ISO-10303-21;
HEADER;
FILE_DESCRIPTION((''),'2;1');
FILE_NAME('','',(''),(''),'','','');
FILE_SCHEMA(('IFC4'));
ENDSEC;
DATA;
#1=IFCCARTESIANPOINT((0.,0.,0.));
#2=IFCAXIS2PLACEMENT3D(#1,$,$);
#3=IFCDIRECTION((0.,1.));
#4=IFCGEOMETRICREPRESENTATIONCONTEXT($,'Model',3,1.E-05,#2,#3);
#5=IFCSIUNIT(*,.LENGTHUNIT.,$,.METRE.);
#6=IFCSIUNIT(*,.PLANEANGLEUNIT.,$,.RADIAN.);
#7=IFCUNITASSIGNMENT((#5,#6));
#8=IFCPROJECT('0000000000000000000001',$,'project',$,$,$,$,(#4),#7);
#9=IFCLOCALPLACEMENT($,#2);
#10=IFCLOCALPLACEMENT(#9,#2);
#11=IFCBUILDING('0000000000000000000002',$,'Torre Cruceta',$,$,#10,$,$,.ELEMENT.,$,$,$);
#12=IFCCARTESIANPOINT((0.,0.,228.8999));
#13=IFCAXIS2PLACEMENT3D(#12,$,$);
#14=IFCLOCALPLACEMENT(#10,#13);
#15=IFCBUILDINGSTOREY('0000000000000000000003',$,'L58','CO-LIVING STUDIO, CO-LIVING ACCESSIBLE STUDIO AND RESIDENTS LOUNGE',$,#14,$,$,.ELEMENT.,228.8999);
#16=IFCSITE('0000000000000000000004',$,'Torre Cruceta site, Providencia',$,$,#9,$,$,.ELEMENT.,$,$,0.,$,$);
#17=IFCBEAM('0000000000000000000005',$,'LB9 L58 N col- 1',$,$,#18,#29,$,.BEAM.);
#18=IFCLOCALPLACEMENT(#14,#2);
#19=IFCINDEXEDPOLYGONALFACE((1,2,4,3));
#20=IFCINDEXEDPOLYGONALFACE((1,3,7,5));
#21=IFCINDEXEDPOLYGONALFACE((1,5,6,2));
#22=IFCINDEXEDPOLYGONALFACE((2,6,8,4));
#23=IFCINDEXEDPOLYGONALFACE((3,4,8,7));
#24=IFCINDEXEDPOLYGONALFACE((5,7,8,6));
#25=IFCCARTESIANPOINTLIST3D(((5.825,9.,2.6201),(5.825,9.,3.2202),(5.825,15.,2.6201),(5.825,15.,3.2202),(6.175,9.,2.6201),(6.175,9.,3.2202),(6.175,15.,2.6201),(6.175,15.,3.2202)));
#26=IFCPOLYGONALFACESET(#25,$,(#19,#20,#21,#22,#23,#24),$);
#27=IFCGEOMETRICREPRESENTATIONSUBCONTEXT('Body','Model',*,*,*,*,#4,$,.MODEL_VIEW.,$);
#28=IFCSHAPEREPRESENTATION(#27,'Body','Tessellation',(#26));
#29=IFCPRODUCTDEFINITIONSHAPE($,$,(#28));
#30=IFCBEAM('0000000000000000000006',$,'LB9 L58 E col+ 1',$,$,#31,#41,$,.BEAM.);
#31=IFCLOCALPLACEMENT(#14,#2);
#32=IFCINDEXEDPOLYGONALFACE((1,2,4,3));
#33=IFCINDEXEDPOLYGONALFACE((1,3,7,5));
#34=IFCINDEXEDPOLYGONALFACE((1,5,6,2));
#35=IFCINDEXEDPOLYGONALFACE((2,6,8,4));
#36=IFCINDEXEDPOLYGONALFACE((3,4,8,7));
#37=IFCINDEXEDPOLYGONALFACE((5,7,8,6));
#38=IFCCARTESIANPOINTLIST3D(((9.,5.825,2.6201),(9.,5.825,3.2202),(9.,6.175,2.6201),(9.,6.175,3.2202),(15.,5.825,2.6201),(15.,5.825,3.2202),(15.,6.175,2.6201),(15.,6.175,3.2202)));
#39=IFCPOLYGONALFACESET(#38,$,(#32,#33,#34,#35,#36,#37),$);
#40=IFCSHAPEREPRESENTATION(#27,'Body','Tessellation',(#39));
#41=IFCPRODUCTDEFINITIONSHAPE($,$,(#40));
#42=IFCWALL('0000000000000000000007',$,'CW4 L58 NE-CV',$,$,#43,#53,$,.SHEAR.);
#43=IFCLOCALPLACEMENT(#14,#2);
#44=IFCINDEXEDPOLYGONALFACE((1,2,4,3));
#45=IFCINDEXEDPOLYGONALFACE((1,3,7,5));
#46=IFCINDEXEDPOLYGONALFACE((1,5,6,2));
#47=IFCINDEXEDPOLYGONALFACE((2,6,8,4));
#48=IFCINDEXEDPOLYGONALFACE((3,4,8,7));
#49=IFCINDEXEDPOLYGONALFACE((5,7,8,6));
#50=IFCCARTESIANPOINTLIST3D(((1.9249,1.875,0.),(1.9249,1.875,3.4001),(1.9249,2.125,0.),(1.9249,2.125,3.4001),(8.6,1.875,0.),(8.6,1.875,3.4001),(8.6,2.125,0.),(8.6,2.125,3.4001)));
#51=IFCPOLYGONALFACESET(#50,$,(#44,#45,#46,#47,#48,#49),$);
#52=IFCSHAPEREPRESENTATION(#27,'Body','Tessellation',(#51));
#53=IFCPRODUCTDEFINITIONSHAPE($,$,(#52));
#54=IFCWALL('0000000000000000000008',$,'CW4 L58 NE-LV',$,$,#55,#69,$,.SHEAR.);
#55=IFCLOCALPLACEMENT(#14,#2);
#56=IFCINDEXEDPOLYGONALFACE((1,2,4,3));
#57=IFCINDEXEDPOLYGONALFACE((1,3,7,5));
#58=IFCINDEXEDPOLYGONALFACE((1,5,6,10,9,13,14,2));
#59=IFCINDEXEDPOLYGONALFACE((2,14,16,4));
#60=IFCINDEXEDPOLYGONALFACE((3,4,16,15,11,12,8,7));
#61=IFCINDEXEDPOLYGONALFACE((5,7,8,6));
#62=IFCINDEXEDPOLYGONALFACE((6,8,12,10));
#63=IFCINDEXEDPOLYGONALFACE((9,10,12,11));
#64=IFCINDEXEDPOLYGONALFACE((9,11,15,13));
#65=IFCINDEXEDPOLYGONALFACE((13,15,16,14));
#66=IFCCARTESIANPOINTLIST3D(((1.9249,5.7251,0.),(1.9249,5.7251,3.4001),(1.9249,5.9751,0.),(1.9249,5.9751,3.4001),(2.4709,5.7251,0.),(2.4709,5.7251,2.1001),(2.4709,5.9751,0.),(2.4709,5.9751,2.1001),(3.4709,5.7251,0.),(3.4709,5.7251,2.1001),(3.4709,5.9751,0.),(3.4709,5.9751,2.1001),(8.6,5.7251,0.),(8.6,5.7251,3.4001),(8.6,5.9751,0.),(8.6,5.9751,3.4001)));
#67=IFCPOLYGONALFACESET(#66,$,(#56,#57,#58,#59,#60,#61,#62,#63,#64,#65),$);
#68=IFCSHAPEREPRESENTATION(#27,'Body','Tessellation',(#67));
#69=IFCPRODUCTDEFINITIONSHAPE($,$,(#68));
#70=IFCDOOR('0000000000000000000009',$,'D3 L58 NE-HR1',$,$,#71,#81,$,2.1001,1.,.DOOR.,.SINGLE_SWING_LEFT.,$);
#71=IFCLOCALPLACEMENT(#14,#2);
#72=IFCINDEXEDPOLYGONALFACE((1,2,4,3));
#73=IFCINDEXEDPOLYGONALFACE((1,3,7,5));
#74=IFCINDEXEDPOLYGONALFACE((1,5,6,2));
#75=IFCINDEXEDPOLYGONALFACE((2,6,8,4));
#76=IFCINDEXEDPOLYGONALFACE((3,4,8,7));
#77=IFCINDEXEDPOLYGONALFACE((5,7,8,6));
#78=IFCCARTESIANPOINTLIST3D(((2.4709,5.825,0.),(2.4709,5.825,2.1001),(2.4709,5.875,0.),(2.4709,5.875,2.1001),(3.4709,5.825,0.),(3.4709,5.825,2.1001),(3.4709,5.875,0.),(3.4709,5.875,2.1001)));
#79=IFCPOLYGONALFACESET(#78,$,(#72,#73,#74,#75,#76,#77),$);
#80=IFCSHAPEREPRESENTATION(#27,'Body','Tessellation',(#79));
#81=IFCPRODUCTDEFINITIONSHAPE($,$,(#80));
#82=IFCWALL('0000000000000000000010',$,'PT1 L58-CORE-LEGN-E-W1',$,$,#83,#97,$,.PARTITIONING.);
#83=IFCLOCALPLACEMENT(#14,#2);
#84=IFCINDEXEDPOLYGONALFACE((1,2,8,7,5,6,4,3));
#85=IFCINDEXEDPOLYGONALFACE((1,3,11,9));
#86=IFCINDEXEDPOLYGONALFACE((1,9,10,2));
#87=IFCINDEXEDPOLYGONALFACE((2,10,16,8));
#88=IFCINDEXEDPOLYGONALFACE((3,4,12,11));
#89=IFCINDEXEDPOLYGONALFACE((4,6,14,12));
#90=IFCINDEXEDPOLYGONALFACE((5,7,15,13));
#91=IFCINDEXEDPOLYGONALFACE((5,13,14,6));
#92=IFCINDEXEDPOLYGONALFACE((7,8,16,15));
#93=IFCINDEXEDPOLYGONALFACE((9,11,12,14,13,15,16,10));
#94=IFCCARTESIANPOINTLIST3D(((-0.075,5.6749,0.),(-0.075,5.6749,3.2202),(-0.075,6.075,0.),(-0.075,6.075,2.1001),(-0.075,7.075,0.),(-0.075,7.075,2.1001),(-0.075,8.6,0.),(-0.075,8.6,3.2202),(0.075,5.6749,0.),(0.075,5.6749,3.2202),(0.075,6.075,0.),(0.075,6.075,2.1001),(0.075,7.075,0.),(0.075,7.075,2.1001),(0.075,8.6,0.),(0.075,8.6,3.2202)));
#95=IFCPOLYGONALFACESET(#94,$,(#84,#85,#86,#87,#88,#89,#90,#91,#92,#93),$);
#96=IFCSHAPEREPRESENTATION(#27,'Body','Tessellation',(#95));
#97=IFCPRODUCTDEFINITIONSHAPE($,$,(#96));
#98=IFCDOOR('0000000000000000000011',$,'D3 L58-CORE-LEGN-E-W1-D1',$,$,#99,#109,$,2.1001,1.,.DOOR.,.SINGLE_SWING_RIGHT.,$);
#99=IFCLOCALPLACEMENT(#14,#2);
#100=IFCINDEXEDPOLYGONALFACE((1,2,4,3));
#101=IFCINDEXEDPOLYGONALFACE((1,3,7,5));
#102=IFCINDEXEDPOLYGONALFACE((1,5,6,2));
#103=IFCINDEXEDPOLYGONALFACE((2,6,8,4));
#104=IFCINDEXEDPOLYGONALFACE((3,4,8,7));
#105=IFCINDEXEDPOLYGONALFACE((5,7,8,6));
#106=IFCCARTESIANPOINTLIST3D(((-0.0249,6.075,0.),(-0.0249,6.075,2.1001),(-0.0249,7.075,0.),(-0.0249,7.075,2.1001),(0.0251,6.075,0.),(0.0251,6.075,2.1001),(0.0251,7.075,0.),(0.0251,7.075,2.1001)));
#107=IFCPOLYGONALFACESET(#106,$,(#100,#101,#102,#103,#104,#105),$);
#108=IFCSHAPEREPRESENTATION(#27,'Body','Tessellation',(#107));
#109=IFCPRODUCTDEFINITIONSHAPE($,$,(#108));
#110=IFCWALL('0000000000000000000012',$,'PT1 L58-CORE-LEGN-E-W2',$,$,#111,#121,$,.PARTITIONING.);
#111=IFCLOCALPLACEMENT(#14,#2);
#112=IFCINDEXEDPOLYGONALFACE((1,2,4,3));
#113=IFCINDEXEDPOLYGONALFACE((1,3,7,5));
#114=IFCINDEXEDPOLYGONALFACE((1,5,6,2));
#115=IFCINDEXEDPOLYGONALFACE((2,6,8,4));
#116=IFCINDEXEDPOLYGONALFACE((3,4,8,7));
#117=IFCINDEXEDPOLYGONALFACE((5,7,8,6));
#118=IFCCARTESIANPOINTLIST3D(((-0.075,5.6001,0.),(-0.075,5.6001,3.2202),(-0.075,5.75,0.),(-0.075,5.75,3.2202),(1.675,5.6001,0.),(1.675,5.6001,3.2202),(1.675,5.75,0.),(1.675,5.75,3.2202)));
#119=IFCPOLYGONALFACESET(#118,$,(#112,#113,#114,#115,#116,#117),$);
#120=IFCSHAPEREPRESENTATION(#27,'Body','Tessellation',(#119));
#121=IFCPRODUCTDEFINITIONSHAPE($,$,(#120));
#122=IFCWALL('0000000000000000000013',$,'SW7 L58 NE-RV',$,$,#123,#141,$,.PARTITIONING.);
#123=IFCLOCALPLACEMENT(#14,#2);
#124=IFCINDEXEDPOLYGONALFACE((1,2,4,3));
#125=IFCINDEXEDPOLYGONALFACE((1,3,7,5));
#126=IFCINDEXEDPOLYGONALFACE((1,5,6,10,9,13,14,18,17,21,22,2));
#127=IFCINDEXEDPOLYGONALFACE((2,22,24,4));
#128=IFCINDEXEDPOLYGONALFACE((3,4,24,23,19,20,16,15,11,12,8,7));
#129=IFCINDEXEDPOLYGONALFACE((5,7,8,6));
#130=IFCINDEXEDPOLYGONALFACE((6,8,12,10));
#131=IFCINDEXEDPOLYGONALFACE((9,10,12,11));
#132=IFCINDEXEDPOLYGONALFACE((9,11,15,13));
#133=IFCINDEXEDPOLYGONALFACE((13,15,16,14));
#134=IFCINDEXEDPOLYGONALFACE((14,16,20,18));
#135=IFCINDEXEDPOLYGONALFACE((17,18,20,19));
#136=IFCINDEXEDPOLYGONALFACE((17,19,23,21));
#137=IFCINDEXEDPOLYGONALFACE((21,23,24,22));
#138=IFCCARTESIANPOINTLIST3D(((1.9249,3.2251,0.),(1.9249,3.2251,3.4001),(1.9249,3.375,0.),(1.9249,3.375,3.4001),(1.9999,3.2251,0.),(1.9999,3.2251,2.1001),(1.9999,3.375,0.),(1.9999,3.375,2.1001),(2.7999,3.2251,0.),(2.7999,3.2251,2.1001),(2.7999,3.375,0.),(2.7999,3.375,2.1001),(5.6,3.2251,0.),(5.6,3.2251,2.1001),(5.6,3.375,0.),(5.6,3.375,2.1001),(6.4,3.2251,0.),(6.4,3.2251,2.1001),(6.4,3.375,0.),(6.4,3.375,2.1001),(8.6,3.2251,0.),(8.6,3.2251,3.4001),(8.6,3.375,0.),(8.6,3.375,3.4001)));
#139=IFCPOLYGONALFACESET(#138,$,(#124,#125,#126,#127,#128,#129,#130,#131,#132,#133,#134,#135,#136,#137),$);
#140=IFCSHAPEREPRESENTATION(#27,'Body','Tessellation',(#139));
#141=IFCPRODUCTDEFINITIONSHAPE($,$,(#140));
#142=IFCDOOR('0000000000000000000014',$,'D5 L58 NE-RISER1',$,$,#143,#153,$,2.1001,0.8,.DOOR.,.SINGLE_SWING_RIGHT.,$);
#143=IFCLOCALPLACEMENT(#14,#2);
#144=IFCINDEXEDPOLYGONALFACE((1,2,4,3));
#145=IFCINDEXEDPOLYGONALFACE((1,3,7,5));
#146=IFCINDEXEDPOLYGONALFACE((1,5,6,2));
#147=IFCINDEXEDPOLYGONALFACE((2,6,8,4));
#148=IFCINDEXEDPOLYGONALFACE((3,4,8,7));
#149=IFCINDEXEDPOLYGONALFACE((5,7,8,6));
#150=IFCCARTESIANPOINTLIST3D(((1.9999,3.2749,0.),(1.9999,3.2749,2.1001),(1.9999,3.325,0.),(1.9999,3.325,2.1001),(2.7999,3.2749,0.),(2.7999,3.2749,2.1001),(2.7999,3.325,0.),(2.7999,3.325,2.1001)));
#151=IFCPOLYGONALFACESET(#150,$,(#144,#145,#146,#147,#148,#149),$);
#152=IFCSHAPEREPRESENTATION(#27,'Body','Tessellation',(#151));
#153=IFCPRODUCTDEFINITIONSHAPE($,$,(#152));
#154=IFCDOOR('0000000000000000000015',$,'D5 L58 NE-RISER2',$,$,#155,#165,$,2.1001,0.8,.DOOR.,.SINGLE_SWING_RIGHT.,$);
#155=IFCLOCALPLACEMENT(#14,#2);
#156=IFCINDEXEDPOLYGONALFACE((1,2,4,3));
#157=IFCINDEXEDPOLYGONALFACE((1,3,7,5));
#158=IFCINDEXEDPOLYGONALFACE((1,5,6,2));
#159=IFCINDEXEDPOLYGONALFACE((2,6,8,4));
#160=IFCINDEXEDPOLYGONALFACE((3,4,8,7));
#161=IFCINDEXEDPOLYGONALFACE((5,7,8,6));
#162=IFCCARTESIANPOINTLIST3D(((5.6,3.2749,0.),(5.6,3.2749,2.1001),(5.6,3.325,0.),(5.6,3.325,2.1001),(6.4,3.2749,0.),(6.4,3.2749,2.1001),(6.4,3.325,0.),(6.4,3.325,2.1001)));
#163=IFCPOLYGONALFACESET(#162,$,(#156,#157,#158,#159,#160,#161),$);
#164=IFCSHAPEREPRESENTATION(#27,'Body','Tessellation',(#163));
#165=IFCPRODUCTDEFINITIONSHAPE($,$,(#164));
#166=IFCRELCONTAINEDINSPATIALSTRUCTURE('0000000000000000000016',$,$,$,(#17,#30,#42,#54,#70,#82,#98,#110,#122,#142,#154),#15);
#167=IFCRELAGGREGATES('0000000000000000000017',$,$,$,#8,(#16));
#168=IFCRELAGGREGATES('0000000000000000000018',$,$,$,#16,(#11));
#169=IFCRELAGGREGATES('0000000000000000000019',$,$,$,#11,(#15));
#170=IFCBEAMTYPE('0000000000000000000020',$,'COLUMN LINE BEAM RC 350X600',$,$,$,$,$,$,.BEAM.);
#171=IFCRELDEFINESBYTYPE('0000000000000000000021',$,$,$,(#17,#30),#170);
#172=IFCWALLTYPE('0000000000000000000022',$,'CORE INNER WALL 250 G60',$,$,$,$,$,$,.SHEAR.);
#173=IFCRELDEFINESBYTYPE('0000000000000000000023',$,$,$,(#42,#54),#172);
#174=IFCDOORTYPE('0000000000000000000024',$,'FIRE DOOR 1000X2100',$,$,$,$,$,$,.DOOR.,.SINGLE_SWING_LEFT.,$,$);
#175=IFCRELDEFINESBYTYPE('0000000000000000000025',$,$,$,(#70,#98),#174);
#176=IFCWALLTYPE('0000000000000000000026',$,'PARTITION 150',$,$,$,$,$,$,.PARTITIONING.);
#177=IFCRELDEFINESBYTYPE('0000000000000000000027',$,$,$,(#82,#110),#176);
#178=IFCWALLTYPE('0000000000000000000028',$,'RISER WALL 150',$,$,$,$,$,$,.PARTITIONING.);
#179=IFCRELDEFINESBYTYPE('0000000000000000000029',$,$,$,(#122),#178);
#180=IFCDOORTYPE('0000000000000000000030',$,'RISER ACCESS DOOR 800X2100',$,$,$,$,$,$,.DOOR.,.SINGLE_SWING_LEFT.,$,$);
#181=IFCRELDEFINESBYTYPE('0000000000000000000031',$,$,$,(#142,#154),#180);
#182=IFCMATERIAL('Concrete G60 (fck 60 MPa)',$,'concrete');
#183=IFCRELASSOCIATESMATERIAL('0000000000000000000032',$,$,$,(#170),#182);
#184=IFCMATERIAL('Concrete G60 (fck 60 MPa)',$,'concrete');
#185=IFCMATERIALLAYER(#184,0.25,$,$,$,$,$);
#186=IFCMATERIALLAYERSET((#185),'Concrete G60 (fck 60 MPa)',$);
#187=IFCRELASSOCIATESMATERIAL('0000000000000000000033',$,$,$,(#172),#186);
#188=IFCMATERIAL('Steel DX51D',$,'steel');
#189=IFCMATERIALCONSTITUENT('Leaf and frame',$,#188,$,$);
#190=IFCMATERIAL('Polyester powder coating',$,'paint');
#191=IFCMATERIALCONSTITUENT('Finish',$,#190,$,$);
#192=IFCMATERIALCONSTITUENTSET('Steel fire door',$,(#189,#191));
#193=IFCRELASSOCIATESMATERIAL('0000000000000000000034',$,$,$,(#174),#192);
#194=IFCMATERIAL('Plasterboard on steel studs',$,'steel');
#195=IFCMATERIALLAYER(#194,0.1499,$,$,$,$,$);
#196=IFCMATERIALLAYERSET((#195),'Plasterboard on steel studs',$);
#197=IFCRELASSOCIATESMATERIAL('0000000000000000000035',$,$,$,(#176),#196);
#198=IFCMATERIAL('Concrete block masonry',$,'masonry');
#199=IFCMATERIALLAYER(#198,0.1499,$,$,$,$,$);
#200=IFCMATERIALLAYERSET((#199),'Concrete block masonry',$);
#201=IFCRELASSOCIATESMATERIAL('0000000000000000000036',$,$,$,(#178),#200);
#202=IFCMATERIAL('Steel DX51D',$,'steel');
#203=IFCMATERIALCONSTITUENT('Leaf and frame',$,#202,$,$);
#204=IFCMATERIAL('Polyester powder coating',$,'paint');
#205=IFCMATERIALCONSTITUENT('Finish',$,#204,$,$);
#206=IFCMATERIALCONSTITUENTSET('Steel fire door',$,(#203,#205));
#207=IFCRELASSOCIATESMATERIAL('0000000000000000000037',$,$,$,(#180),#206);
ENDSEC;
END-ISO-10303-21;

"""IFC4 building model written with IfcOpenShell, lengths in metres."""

from ifc_helpers import new_model, si_unit, direction, frame, frame_2d, origin, origin_2d, place, context, subcontext, project, spatial, rectangle, extrude, material, layer, layer_set, constituent, constituent_set, material_profile, profile_set, type_object, element, fill, save


model = new_model("IFC4")

# Units and contexts
model_context = context("Model", 3, precision=1e-05, world=origin(), true_north=direction((0.0, 1.0)))
body_context = subcontext(model_context, "Body", "Model", "MODEL_VIEW")
ifc_project = project(units=[si_unit("LENGTHUNIT", "METRE"), si_unit("PLANEANGLEUNIT", "RADIAN")], contexts=[model_context])

# Site, building, storey
site_placement = place(None, origin())
site = spatial("IfcSite", under=ifc_project, at=site_placement, Name="Torre Cruceta site, Providencia", CompositionType="ELEMENT", RefElevation=0.0)
building_placement = place(site_placement, origin())
building = spatial("IfcBuilding", under=site, at=building_placement, Name="Torre Cruceta", CompositionType="ELEMENT")
storey_placement = place(building_placement, frame((0.0, 0.0, 228.8999)))
storey = spatial("IfcBuildingStorey", under=building, at=storey_placement, Name="L58", Description="CO-LIVING STUDIO, CO-LIVING ACCESSIBLE STUDIO AND RESIDENTS LOUNGE", CompositionType="ELEMENT", Elevation=228.8999)

# Beams
ifc_material_1 = material(Name="Concrete G60 (fck 60 MPa)", Category="concrete")
ifc_material_profile = material_profile(ifc_material_1, rectangle(XDim=0.3501, YDim=0.6001, at=origin_2d()), Name="RC 350X600")
ifc_profile_set = profile_set([ifc_material_profile], Name="Concrete G60 (fck 60 MPa)")
beam_type = type_object("IfcBeamType", Name="COLUMN LINE BEAM RC 350X600", PredefinedType="BEAM", material=ifc_profile_set)
for number, where, z_axis, x_axis, name in (
    (1, (6.0, 9.0, 2.9202), (0.0, 1.0, 0.0), (-1.0, 0.0, 0.0), "LB9 L58 N col- 1"),
    (2, (9.0, 6.0, 2.9202), (1.0, 0.0, 0.0), (0.0, 1.0, 0.0), "LB9 L58 E col+ 1"),
):
    element("IfcBeam", number, at=place(storey_placement, frame(where, z_axis=z_axis, x_axis=x_axis)), inside=storey, type_object=beam_type, Name=name, PredefinedType="BEAM", context=body_context, shape_type="SweptSolid", body=[
        extrude(rectangle(XDim=0.3501, YDim=0.6001, at=origin_2d()), origin(), (0.0, 0.0, 1.0), 6.0),
    ])

# Wall
ifc_material_2 = material(Name="Concrete G60 (fck 60 MPa)", Category="concrete")
ifc_layer_1 = layer(ifc_material_2, 0.25)
ifc_layer_set_1 = layer_set([ifc_layer_1], Name="Concrete G60 (fck 60 MPa)")
wall_type_1 = type_object("IfcWallType", Name="CORE INNER WALL 250 G60", PredefinedType="SHEAR", material=ifc_layer_set_1)
wall_1_placement = place(storey_placement, frame((1.925, 2.0, 0.0), z_axis=(0.0, 0.0, 1.0), x_axis=(1.0, 0.0, 0.0)))
element("IfcWall", 3, at=wall_1_placement, inside=storey, type_object=wall_type_1, Name="CW4 L58 NE-CV", PredefinedType="SHEAR", context=body_context, shape_type="SweptSolid", body=[
    extrude(rectangle(XDim=6.675, YDim=0.25, at=frame_2d((3.3374, 0.0))), origin(), (0.0, 0.0, 1.0), 3.4001),
])

# Walls, openings, doors
wall_2_placement = place(storey_placement, frame((1.925, 5.8501, 0.0), z_axis=(0.0, 0.0, 1.0), x_axis=(1.0, 0.0, 0.0)))
wall_2 = element("IfcWall", 4, at=wall_2_placement, inside=storey, type_object=wall_type_1, Name="CW4 L58 NE-LV", PredefinedType="SHEAR", context=body_context, shape_type="SweptSolid", body=[
    extrude(rectangle(XDim=6.675, YDim=0.25, at=frame_2d((3.3374, 0.0))), origin(), (0.0, 0.0, 1.0), 3.4001),
])
opening_1_placement = place(wall_2_placement, frame((0.5459, 0.0, 0.0)))
opening_1 = element("IfcOpeningElement", 5, at=opening_1_placement, cuts=wall_2, PredefinedType="OPENING", context=body_context, shape_type="SweptSolid", body=[
    extrude(rectangle(XDim=1.0, YDim=2.1001, at=frame_2d((0.5, 1.05))), frame((0.0, 0.135, 0.0), z_axis=(0.0, -1.0, 0.0), x_axis=(1.0, 0.0, 0.0)), (0.0, 0.0, 1.0), 0.27),
])
ifc_material_3 = material(Name="Steel DX51D", Category="steel")
ifc_constituent_1 = constituent(ifc_material_3, Name="Leaf and frame")
ifc_material_4 = material(Name="Polyester powder coating", Category="paint")
ifc_constituent_2 = constituent(ifc_material_4, Name="Finish")
ifc_constituent_set_1 = constituent_set(constituents=[ifc_constituent_1, ifc_constituent_2], Name="Steel fire door")
door_type_1 = type_object("IfcDoorType", Name="FIRE DOOR 1000X2100", OperationType="SINGLE_SWING_LEFT", PredefinedType="DOOR", material=ifc_constituent_set_1)
door_1_placement = place(opening_1_placement, origin())
door_1 = element("IfcDoor", 6, at=door_1_placement, inside=storey, type_object=door_type_1, Name="D3 L58 NE-HR1", OperationType="SINGLE_SWING_LEFT", OverallHeight=2.1001, OverallWidth=1.0, PredefinedType="DOOR", context=body_context, shape_type="SweptSolid", body=[
    extrude(rectangle(XDim=1.0, YDim=2.1001, at=frame_2d((0.5, 1.05))), frame((0.0, 0.0249, 0.0), z_axis=(0.0, -1.0, 0.0), x_axis=(1.0, 0.0, 0.0)), (0.0, 0.0, 1.0), 0.05),
])
fill(opening_1, door_1)
ifc_material_5 = material(Name="Plasterboard on steel studs", Category="steel")
ifc_layer_2 = layer(ifc_material_5, 0.1499)
ifc_layer_set_2 = layer_set([ifc_layer_2], Name="Plasterboard on steel studs")
wall_type_2 = type_object("IfcWallType", Name="PARTITION 150", PredefinedType="PARTITIONING", material=ifc_layer_set_2)
wall_3_placement = place(storey_placement, frame((0.0, 5.675, 0.0), z_axis=(0.0, 0.0, 1.0), x_axis=(0.0, 1.0, 0.0)))
wall_3 = element("IfcWall", 7, at=wall_3_placement, inside=storey, type_object=wall_type_2, Name="PT1 L58-CORE-LEGN-E-W1", PredefinedType="PARTITIONING", context=body_context, shape_type="SweptSolid", body=[
    extrude(rectangle(XDim=2.925, YDim=0.1499, at=frame_2d((1.4624, 0.0))), origin(), (0.0, 0.0, 1.0), 3.2202),
])
opening_2_placement = place(wall_3_placement, frame((0.3999, 0.0, 0.0)))
opening_2 = element("IfcOpeningElement", 8, at=opening_2_placement, cuts=wall_3, PredefinedType="OPENING", context=body_context, shape_type="SweptSolid", body=[
    extrude(rectangle(XDim=1.0, YDim=2.1001, at=frame_2d((0.5, 1.05))), frame((0.0, 0.085, 0.0), z_axis=(0.0, -1.0, 0.0), x_axis=(1.0, 0.0, 0.0)), (0.0, 0.0, 1.0), 0.1699),
])
door_2_placement = place(opening_2_placement, frame((1.0, 0.0, 0.0), z_axis=(0.0, 0.0, 1.0), x_axis=(-1.0, 0.0, 0.0)))
door_2 = element("IfcDoor", 9, at=door_2_placement, inside=storey, type_object=door_type_1, Name="D3 L58-CORE-LEGN-E-W1-D1", OperationType="SINGLE_SWING_RIGHT", OverallHeight=2.1001, OverallWidth=1.0, PredefinedType="DOOR", context=body_context, shape_type="SweptSolid", body=[
    extrude(rectangle(XDim=1.0, YDim=2.1001, at=frame_2d((0.5, 1.05))), frame((0.0, 0.0251, 0.0), z_axis=(0.0, -1.0, 0.0), x_axis=(1.0, 0.0, 0.0)), (0.0, 0.0, 1.0), 0.05),
])
fill(opening_2, door_2)

# Wall
wall_4_placement = place(storey_placement, frame((1.675, 5.675, 0.0), z_axis=(0.0, 0.0, 1.0), x_axis=(-1.0, 0.0, 0.0)))
element("IfcWall", 10, at=wall_4_placement, inside=storey, type_object=wall_type_2, Name="PT1 L58-CORE-LEGN-E-W2", PredefinedType="PARTITIONING", context=body_context, shape_type="SweptSolid", body=[
    extrude(rectangle(XDim=1.75, YDim=0.1499, at=frame_2d((0.875, 0.0))), origin(), (0.0, 0.0, 1.0), 3.2202),
])

# Wall, openings, doors
ifc_material_6 = material(Name="Concrete block masonry", Category="masonry")
ifc_layer_3 = layer(ifc_material_6, 0.1499)
ifc_layer_set_3 = layer_set([ifc_layer_3], Name="Concrete block masonry")
wall_type_3 = type_object("IfcWallType", Name="RISER WALL 150", PredefinedType="PARTITIONING", material=ifc_layer_set_3)
wall_5_placement = place(storey_placement, frame((1.925, 3.3, 0.0), z_axis=(0.0, 0.0, 1.0), x_axis=(1.0, 0.0, 0.0)))
wall_5 = element("IfcWall", 11, at=wall_5_placement, inside=storey, type_object=wall_type_3, Name="SW7 L58 NE-RV", PredefinedType="PARTITIONING", context=body_context, shape_type="SweptSolid", body=[
    extrude(rectangle(XDim=6.675, YDim=0.1499, at=frame_2d((3.3374, 0.0))), origin(), (0.0, 0.0, 1.0), 3.4001),
])
opening_3_placement = place(wall_5_placement, frame((0.075, 0.0, 0.0)))
opening_3 = element("IfcOpeningElement", 12, at=opening_3_placement, cuts=wall_5, PredefinedType="OPENING", context=body_context, shape_type="SweptSolid", body=[
    extrude(rectangle(XDim=0.8, YDim=2.1001, at=frame_2d((0.3999, 1.05))), frame((0.0, 0.085, 0.0), z_axis=(0.0, -1.0, 0.0), x_axis=(1.0, 0.0, 0.0)), (0.0, 0.0, 1.0), 0.1699),
])
opening_4_placement = place(wall_5_placement, frame((3.675, 0.0, 0.0)))
opening_4 = element("IfcOpeningElement", 13, at=opening_4_placement, cuts=wall_5, PredefinedType="OPENING", context=body_context, shape_type="SweptSolid", body=[
    extrude(rectangle(XDim=0.8, YDim=2.1001, at=frame_2d((0.3999, 1.05))), frame((0.0, 0.085, 0.0), z_axis=(0.0, -1.0, 0.0), x_axis=(1.0, 0.0, 0.0)), (0.0, 0.0, 1.0), 0.1699),
])
ifc_material_7 = material(Name="Steel DX51D", Category="steel")
ifc_constituent_3 = constituent(ifc_material_7, Name="Leaf and frame")
ifc_material_8 = material(Name="Polyester powder coating", Category="paint")
ifc_constituent_4 = constituent(ifc_material_8, Name="Finish")
ifc_constituent_set_2 = constituent_set(constituents=[ifc_constituent_3, ifc_constituent_4], Name="Steel fire door")
door_type_2 = type_object("IfcDoorType", Name="RISER ACCESS DOOR 800X2100", OperationType="SINGLE_SWING_LEFT", PredefinedType="DOOR", material=ifc_constituent_set_2)
door_3_placement = place(opening_3_placement, frame((0.8, 0.0, 0.0), z_axis=(0.0, 0.0, 1.0), x_axis=(-1.0, 0.0, 0.0)))
door_3 = element("IfcDoor", 14, at=door_3_placement, inside=storey, type_object=door_type_2, Name="D5 L58 NE-RISER1", OperationType="SINGLE_SWING_RIGHT", OverallHeight=2.1001, OverallWidth=0.8, PredefinedType="DOOR", context=body_context, shape_type="SweptSolid", body=[
    extrude(rectangle(XDim=0.8, YDim=2.1001, at=frame_2d((0.4001, 1.05))), frame((0.0, 0.0251, 0.0), z_axis=(0.0, -1.0, 0.0), x_axis=(1.0, 0.0, 0.0)), (0.0, 0.0, 1.0), 0.05),
])
fill(opening_3, door_3)
door_4_placement = place(opening_4_placement, frame((0.8, 0.0, 0.0), z_axis=(0.0, 0.0, 1.0), x_axis=(-1.0, 0.0, 0.0)))
door_4 = element("IfcDoor", 15, at=door_4_placement, inside=storey, type_object=door_type_2, Name="D5 L58 NE-RISER2", OperationType="SINGLE_SWING_RIGHT", OverallHeight=2.1001, OverallWidth=0.8, PredefinedType="DOOR", context=body_context, shape_type="SweptSolid", body=[
    extrude(rectangle(XDim=0.8, YDim=2.1001, at=frame_2d((0.4001, 1.05))), frame((0.0, 0.0251, 0.0), z_axis=(0.0, -1.0, 0.0), x_axis=(1.0, 0.0, 0.0)), (0.0, 0.0, 1.0), 0.05),
])
fill(opening_4, door_4)

save(model, "model.ifc")
